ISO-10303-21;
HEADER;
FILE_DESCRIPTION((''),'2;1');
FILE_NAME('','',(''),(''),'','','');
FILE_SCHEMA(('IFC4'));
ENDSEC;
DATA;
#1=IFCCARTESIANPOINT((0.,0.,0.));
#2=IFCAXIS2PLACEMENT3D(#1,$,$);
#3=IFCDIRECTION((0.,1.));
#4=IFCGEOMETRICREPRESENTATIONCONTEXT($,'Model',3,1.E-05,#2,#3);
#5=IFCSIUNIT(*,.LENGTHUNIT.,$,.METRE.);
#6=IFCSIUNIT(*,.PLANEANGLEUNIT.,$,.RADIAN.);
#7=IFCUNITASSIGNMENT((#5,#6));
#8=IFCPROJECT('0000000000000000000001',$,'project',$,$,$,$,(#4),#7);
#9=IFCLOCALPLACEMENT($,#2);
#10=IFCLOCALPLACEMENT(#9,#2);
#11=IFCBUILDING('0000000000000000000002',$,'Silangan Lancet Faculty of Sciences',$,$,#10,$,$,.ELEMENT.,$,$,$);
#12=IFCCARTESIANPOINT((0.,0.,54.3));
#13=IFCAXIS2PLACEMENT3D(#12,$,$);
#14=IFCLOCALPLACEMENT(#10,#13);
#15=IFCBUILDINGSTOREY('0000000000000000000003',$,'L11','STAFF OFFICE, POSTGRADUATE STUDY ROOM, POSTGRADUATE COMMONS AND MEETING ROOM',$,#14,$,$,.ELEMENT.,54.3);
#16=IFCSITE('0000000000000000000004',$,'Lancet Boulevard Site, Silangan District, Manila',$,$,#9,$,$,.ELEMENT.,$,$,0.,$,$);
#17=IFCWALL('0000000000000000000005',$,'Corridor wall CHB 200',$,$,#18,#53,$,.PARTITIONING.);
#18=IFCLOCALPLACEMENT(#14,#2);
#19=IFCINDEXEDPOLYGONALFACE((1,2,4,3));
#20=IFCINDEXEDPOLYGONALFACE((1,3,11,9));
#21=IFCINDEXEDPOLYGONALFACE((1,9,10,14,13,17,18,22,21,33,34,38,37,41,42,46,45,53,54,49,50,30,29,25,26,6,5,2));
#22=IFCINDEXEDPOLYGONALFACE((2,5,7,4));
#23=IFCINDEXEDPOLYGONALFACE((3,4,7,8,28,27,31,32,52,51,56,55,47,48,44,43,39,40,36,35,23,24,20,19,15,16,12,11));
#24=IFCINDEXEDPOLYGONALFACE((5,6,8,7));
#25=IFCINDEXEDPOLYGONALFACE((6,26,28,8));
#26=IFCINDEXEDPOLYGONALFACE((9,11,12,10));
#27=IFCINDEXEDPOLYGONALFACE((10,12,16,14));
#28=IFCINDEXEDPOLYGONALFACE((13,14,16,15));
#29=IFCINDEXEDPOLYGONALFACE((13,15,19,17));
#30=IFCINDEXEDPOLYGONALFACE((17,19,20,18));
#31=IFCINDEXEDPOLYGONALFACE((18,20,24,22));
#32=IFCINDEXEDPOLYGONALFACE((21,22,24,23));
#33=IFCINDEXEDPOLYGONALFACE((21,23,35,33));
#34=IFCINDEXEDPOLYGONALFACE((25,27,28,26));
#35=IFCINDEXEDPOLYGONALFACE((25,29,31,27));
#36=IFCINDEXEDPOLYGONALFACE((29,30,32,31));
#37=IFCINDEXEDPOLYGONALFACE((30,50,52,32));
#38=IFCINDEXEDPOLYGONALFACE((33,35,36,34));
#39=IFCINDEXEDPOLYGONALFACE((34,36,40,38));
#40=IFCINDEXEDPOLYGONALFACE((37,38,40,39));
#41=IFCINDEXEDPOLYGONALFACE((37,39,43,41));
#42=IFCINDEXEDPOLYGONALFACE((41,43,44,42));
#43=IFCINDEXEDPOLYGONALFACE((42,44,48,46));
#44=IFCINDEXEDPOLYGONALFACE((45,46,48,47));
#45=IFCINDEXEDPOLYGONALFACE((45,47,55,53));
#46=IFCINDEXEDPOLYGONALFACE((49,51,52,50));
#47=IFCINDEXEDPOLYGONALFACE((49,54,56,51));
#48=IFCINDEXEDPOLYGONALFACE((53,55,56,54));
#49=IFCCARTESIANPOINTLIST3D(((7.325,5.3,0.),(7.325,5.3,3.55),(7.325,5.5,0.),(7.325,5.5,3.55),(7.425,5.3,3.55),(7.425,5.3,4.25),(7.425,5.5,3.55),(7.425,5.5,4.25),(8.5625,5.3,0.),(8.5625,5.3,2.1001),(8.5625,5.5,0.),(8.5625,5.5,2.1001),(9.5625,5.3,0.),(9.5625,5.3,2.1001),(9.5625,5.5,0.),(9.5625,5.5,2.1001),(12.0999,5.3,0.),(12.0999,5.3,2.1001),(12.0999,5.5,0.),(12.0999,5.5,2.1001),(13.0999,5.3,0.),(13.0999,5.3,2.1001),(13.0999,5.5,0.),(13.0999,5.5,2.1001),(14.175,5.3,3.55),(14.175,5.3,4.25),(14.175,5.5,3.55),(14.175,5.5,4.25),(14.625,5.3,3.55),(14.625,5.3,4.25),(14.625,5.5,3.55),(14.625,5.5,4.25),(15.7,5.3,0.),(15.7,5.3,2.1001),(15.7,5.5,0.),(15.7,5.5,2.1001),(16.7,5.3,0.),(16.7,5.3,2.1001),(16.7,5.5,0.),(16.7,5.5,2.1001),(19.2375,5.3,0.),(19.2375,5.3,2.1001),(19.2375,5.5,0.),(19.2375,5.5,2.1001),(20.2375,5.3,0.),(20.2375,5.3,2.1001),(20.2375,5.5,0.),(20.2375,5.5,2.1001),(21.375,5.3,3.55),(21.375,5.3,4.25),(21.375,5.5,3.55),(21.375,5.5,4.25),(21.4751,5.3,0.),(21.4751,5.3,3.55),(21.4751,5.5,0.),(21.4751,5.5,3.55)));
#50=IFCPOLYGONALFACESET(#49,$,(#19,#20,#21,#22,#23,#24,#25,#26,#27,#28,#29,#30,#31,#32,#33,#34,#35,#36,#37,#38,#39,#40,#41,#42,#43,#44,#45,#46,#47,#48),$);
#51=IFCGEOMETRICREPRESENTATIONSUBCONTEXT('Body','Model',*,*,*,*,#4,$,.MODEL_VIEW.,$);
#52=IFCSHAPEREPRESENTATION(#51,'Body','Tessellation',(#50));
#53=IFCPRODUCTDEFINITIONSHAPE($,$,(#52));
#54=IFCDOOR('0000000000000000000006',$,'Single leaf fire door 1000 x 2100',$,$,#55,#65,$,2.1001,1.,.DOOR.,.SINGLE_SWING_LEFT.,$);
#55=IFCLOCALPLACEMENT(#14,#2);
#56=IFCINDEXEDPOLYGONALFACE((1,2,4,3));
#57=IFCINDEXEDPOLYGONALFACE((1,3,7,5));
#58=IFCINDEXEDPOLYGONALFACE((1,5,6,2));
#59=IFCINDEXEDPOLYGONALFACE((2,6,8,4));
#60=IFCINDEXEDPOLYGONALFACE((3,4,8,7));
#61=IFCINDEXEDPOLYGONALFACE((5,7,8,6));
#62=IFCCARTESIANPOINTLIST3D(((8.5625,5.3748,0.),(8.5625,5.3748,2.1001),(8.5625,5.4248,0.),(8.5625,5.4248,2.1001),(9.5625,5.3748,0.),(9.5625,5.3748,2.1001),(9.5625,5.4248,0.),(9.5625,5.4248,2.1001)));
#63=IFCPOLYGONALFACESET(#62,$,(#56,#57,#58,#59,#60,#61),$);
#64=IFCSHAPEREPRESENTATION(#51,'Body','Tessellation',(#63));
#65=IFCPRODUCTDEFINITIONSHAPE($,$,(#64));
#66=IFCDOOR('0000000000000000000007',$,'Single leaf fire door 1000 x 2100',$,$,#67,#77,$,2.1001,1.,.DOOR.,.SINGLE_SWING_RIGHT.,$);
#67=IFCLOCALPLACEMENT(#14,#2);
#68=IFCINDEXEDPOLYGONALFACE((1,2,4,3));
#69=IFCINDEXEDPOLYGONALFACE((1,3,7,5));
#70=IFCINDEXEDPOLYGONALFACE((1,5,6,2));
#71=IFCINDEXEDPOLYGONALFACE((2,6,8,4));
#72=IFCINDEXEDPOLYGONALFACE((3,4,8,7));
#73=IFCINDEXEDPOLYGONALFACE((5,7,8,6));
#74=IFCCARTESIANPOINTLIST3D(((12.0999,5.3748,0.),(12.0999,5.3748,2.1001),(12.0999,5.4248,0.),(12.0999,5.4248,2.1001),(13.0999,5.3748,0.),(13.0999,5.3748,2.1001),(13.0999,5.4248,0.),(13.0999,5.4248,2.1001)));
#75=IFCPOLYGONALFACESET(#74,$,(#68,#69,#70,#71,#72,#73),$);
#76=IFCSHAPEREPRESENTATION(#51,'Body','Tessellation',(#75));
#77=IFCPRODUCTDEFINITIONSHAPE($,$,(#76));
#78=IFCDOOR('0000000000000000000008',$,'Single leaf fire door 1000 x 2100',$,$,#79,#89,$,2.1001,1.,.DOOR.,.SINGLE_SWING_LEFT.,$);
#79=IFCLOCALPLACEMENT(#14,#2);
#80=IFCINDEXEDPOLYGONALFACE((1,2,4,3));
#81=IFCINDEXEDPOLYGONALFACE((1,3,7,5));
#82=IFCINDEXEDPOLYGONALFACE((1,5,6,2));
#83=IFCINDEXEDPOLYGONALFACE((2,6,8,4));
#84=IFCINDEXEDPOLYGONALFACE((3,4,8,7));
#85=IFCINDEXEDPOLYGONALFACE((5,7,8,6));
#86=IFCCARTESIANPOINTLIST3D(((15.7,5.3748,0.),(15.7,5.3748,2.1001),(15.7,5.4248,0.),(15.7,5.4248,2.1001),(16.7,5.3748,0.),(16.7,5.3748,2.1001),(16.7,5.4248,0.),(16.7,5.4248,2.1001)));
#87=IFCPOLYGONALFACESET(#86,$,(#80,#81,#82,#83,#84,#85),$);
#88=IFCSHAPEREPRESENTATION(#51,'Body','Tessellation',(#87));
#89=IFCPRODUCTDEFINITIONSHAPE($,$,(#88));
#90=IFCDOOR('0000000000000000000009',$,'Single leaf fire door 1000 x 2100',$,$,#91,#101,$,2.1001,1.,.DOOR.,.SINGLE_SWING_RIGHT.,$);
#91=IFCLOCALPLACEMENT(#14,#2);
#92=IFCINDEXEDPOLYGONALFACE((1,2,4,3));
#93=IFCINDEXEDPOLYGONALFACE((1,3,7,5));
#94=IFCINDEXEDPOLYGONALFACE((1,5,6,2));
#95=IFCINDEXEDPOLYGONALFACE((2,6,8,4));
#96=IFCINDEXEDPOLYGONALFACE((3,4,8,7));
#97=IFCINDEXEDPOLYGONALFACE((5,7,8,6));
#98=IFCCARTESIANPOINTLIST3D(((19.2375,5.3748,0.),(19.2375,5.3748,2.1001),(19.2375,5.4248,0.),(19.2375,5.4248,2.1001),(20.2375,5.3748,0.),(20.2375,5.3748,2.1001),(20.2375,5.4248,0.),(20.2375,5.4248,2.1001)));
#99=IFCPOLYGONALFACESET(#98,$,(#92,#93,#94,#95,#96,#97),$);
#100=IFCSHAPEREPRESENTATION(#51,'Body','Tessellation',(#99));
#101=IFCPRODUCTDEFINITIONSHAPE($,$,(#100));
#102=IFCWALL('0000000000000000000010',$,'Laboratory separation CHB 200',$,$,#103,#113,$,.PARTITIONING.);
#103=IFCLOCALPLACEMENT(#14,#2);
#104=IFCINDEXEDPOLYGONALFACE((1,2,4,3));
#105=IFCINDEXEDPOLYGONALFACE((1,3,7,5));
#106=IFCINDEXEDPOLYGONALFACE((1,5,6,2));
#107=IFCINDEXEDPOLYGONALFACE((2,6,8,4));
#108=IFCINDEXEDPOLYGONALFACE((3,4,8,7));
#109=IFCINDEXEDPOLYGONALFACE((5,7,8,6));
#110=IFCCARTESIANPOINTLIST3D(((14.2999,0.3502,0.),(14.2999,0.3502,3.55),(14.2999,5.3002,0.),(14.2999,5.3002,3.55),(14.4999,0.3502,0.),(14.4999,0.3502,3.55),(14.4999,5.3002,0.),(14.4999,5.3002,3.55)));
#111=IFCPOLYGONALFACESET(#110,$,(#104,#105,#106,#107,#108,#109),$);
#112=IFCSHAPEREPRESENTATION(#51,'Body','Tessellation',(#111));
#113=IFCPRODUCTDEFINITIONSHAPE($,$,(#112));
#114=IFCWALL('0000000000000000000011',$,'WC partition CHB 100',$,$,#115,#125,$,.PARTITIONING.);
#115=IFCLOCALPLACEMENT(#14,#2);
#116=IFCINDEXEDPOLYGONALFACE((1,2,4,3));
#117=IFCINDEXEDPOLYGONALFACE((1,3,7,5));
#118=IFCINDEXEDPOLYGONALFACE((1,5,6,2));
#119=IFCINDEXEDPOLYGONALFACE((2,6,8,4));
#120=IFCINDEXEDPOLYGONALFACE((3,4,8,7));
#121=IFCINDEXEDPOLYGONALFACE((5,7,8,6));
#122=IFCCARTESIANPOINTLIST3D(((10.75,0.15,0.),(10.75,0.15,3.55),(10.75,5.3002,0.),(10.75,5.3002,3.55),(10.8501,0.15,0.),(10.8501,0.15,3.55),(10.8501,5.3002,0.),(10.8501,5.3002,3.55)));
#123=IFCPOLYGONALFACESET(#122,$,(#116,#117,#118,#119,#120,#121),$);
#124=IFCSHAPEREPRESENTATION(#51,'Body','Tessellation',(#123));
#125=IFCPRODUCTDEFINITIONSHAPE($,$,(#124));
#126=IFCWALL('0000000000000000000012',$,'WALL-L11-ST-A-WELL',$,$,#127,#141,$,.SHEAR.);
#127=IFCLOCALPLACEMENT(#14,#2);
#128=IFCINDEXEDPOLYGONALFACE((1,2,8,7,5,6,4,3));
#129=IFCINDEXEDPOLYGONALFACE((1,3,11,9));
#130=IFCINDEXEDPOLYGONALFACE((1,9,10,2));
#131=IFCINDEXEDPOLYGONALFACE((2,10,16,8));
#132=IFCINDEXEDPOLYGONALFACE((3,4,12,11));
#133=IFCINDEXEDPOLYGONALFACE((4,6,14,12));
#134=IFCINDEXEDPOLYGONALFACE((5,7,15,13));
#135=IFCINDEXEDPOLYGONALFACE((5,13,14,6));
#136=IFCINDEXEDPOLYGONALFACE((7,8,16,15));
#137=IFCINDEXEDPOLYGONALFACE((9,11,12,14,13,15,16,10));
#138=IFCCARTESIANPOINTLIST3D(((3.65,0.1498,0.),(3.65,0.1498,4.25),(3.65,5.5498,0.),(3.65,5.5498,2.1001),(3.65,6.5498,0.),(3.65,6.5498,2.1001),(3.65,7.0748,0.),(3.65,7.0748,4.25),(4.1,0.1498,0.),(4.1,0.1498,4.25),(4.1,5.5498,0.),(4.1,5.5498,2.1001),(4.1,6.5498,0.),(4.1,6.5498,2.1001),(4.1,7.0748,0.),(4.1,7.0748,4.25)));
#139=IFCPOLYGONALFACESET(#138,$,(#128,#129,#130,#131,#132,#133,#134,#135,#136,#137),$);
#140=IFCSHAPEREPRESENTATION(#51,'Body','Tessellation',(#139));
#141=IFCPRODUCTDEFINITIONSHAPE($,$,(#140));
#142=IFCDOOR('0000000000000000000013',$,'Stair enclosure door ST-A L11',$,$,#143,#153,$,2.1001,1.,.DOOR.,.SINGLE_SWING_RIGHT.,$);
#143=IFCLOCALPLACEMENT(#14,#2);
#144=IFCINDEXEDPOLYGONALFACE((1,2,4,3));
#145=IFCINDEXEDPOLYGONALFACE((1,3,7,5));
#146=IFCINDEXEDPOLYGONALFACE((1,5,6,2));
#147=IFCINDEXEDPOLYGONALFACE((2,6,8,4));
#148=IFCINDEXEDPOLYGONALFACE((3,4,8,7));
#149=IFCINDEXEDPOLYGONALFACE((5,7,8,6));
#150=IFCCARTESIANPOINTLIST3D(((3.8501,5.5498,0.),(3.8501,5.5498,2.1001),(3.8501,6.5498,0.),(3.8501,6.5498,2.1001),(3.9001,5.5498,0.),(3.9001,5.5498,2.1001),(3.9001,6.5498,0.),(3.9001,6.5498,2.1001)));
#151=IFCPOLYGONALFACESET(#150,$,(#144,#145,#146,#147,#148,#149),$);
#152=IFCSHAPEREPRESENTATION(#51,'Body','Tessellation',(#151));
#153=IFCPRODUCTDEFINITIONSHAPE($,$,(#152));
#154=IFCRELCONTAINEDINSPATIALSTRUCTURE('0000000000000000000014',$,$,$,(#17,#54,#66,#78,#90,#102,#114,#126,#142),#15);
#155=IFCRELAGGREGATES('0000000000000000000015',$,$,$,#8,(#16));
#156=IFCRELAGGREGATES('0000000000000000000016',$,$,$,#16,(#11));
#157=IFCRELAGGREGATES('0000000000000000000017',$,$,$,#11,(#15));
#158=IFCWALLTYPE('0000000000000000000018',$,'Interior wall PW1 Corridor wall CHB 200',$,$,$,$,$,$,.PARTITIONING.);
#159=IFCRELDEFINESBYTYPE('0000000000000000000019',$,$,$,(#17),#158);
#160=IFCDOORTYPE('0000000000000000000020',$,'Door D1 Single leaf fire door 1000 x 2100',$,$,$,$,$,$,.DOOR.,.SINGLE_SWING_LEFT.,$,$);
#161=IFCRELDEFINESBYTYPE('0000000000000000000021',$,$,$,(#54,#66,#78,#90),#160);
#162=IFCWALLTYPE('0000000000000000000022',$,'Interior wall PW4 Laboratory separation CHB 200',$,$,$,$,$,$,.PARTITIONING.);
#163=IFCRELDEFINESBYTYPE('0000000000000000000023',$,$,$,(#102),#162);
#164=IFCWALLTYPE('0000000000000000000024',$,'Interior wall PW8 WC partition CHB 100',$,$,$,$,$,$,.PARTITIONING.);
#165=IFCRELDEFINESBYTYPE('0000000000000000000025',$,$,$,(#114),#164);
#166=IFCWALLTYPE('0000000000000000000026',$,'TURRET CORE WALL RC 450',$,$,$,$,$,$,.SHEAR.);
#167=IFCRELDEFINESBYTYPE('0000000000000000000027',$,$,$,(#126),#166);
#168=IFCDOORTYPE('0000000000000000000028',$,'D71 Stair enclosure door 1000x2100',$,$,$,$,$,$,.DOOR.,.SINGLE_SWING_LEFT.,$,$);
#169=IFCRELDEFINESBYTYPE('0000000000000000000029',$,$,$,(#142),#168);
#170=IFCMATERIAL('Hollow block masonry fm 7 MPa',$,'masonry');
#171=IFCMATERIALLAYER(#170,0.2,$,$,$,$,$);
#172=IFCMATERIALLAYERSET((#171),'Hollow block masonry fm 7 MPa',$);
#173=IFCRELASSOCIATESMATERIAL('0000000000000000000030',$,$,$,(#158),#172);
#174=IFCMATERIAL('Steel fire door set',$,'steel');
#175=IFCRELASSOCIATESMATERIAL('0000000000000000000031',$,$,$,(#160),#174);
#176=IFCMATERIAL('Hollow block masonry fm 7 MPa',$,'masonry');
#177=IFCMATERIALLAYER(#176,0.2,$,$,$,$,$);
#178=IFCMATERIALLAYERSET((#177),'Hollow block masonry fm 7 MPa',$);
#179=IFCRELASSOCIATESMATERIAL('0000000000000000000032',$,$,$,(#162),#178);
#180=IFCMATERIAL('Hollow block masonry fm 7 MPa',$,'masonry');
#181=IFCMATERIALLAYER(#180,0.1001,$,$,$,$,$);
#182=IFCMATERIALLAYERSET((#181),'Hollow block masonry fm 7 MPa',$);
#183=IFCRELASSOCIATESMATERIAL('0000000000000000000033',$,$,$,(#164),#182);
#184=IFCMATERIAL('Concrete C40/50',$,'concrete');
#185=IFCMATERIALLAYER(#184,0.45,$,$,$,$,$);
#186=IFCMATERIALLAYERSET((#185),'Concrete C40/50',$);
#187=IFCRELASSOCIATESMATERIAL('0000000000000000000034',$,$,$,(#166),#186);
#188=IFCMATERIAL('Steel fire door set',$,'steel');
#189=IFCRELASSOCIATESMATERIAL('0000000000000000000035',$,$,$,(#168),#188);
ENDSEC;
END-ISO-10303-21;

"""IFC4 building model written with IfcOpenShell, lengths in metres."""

from ifc_helpers import new_model, si_unit, direction, frame, frame_2d, origin, place, context, subcontext, project, spatial, polyline, rectangle, outline, extrude, material, layer, layer_set, type_object, element, fill, save


model = new_model("IFC4")

# Units and contexts
model_context = context("Model", 3, precision=1e-05, world=origin(), true_north=direction((0.0, 1.0)))
body_context = subcontext(model_context, "Body", "Model", "MODEL_VIEW")
ifc_project = project(units=[si_unit("LENGTHUNIT", "METRE"), si_unit("PLANEANGLEUNIT", "RADIAN")], contexts=[model_context])

# Site, building, storey
site_placement = place(None, origin())
site = spatial("IfcSite", under=ifc_project, at=site_placement, Name="Lancet Boulevard Site, Silangan District, Manila", CompositionType="ELEMENT", RefElevation=0.0)
building_placement = place(site_placement, origin())
building = spatial("IfcBuilding", under=site, at=building_placement, Name="Silangan Lancet Faculty of Sciences", CompositionType="ELEMENT")
storey_placement = place(building_placement, frame((0.0, 0.0, 54.3)))
storey = spatial("IfcBuildingStorey", under=building, at=storey_placement, Name="L11", Description="STAFF OFFICE, POSTGRADUATE STUDY ROOM, POSTGRADUATE COMMONS AND MEETING ROOM", CompositionType="ELEMENT", Elevation=54.3)

# Wall, openings, doors
ifc_material_1 = material(Name="Hollow block masonry fm 7 MPa", Category="masonry")
ifc_layer_1 = layer(ifc_material_1, 0.2)
ifc_layer_set_1 = layer_set([ifc_layer_1], Name="Hollow block masonry fm 7 MPa")
wall_type_1 = type_object("IfcWallType", Name="Interior wall PW1 Corridor wall CHB 200", PredefinedType="PARTITIONING", material=ifc_layer_set_1)
wall_1_placement = place(storey_placement, frame((7.325, 5.3999, 0.0), z_axis=(0.0, 0.0, 1.0), x_axis=(1.0, 0.0, 0.0)))
wall_1 = element("IfcWall", 1, at=wall_1_placement, inside=storey, type_object=wall_type_1, Name="Corridor wall CHB 200", PredefinedType="PARTITIONING", context=body_context, shape_type="SweptSolid", body=[
    extrude(outline(polyline([(0.0, 0.0), (14.1501, 0.0), (14.1501, 3.55), (14.05, 3.55), (14.05, 4.25), (7.3, 4.25), (7.3, 3.55), (6.8501, 3.55), (6.8501, 4.25), (0.1001, 4.25), (0.1001, 3.55), (0.0, 3.55), (0.0, 0.0)])), frame((0.0, 0.1001, 0.0), z_axis=(0.0, -1.0, 0.0), x_axis=(1.0, 0.0, 0.0)), (0.0, 0.0, 1.0), 0.2),
])
opening_1_placement = place(wall_1_placement, frame((1.2375, 0.0, 0.0)))
opening_1 = element("IfcOpeningElement", 2, at=opening_1_placement, cuts=wall_1, PredefinedType="OPENING", context=body_context, shape_type="SweptSolid", body=[
    extrude(rectangle(XDim=1.0, YDim=2.1001, at=frame_2d((0.5, 1.05))), frame((0.0, 0.1099, 0.0), z_axis=(0.0, -1.0, 0.0), x_axis=(1.0, 0.0, 0.0)), (0.0, 0.0, 1.0), 0.22),
])
opening_2_placement = place(wall_1_placement, frame((4.7749, 0.0, 0.0)))
opening_2 = element("IfcOpeningElement", 3, at=opening_2_placement, cuts=wall_1, PredefinedType="OPENING", context=body_context, shape_type="SweptSolid", body=[
    extrude(rectangle(XDim=1.0, YDim=2.1001, at=frame_2d((0.5, 1.05))), frame((0.0, 0.1099, 0.0), z_axis=(0.0, -1.0, 0.0), x_axis=(1.0, 0.0, 0.0)), (0.0, 0.0, 1.0), 0.22),
])
opening_3_placement = place(wall_1_placement, frame((8.375, 0.0, 0.0)))
opening_3 = element("IfcOpeningElement", 4, at=opening_3_placement, cuts=wall_1, PredefinedType="OPENING", context=body_context, shape_type="SweptSolid", body=[
    extrude(rectangle(XDim=1.0, YDim=2.1001, at=frame_2d((0.5, 1.05))), frame((0.0, 0.1099, 0.0), z_axis=(0.0, -1.0, 0.0), x_axis=(1.0, 0.0, 0.0)), (0.0, 0.0, 1.0), 0.22),
])
opening_4_placement = place(wall_1_placement, frame((11.9126, 0.0, 0.0)))
opening_4 = element("IfcOpeningElement", 5, at=opening_4_placement, cuts=wall_1, PredefinedType="OPENING", context=body_context, shape_type="SweptSolid", body=[
    extrude(rectangle(XDim=1.0, YDim=2.1001, at=frame_2d((0.5, 1.05))), frame((0.0, 0.1099, 0.0), z_axis=(0.0, -1.0, 0.0), x_axis=(1.0, 0.0, 0.0)), (0.0, 0.0, 1.0), 0.22),
])
ifc_material_2 = material(Name="Steel fire door set", Category="steel")
door_type_1 = type_object("IfcDoorType", Name="Door D1 Single leaf fire door 1000 x 2100", OperationType="SINGLE_SWING_LEFT", PredefinedType="DOOR", material=ifc_material_2)
door_1_placement = place(opening_1_placement, frame((1.0, 0.0, 0.0), z_axis=(0.0, 0.0, 1.0), x_axis=(-1.0, 0.0, 0.0)))
door_1 = element("IfcDoor", 6, at=door_1_placement, inside=storey, type_object=door_type_1, Name="Single leaf fire door 1000 x 2100", OperationType="SINGLE_SWING_LEFT", OverallHeight=2.1001, OverallWidth=1.0, PredefinedType="DOOR", context=body_context, shape_type="SweptSolid", body=[
    extrude(rectangle(XDim=1.0, YDim=2.1001, at=frame_2d((0.5, 1.05))), frame((0.0, 0.0251, 0.0), z_axis=(0.0, -1.0, 0.0), x_axis=(1.0, 0.0, 0.0)), (0.0, 0.0, 1.0), 0.05),
])
fill(opening_1, door_1)
door_2_placement = place(opening_2_placement, frame((1.0, 0.0, 0.0), z_axis=(0.0, 0.0, 1.0), x_axis=(-1.0, 0.0, 0.0)))
door_2 = element("IfcDoor", 7, at=door_2_placement, inside=storey, type_object=door_type_1, Name="Single leaf fire door 1000 x 2100", OperationType="SINGLE_SWING_RIGHT", OverallHeight=2.1001, OverallWidth=1.0, PredefinedType="DOOR", context=body_context, shape_type="SweptSolid", body=[
    extrude(rectangle(XDim=1.0, YDim=2.1001, at=frame_2d((0.5, 1.05))), frame((0.0, 0.0251, 0.0), z_axis=(0.0, -1.0, 0.0), x_axis=(1.0, 0.0, 0.0)), (0.0, 0.0, 1.0), 0.05),
])
fill(opening_2, door_2)
door_3_placement = place(opening_3_placement, frame((1.0, 0.0, 0.0), z_axis=(0.0, 0.0, 1.0), x_axis=(-1.0, 0.0, 0.0)))
door_3 = element("IfcDoor", 8, at=door_3_placement, inside=storey, type_object=door_type_1, Name="Single leaf fire door 1000 x 2100", OperationType="SINGLE_SWING_LEFT", OverallHeight=2.1001, OverallWidth=1.0, PredefinedType="DOOR", context=body_context, shape_type="SweptSolid", body=[
    extrude(rectangle(XDim=1.0, YDim=2.1001, at=frame_2d((0.5, 1.05))), frame((0.0, 0.0251, 0.0), z_axis=(0.0, -1.0, 0.0), x_axis=(1.0, 0.0, 0.0)), (0.0, 0.0, 1.0), 0.05),
])
fill(opening_3, door_3)
door_4_placement = place(opening_4_placement, frame((1.0, 0.0, 0.0), z_axis=(0.0, 0.0, 1.0), x_axis=(-1.0, 0.0, 0.0)))
door_4 = element("IfcDoor", 9, at=door_4_placement, inside=storey, type_object=door_type_1, Name="Single leaf fire door 1000 x 2100", OperationType="SINGLE_SWING_RIGHT", OverallHeight=2.1001, OverallWidth=1.0, PredefinedType="DOOR", context=body_context, shape_type="SweptSolid", body=[
    extrude(rectangle(XDim=1.0, YDim=2.1001, at=frame_2d((0.5, 1.05))), frame((0.0, 0.0251, 0.0), z_axis=(0.0, -1.0, 0.0), x_axis=(1.0, 0.0, 0.0)), (0.0, 0.0, 1.0), 0.05),
])
fill(opening_4, door_4)

# Walls
ifc_material_3 = material(Name="Hollow block masonry fm 7 MPa", Category="masonry")
ifc_layer_2 = layer(ifc_material_3, 0.2)
ifc_layer_set_2 = layer_set([ifc_layer_2], Name="Hollow block masonry fm 7 MPa")
wall_type_2 = type_object("IfcWallType", Name="Interior wall PW4 Laboratory separation CHB 200", PredefinedType="PARTITIONING", material=ifc_layer_set_2)
wall_2_placement = place(storey_placement, frame((14.3999, 0.3501, 0.0), z_axis=(0.0, 0.0, 1.0), x_axis=(0.0, 1.0, 0.0)))
element("IfcWall", 10, at=wall_2_placement, inside=storey, type_object=wall_type_2, Name="Laboratory separation CHB 200", PredefinedType="PARTITIONING", context=body_context, shape_type="SweptSolid", body=[
    extrude(rectangle(XDim=4.95, YDim=0.2, at=frame_2d((2.4751, 0.0))), origin(), (0.0, 0.0, 1.0), 3.55),
])
ifc_material_4 = material(Name="Hollow block masonry fm 7 MPa", Category="masonry")
ifc_layer_3 = layer(ifc_material_4, 0.1001)
ifc_layer_set_3 = layer_set([ifc_layer_3], Name="Hollow block masonry fm 7 MPa")
wall_type_3 = type_object("IfcWallType", Name="Interior wall PW8 WC partition CHB 100", PredefinedType="PARTITIONING", material=ifc_layer_set_3)
wall_3_placement = place(storey_placement, frame((10.8, 0.1499, 0.0), z_axis=(0.0, 0.0, 1.0), x_axis=(0.0, 1.0, 0.0)))
element("IfcWall", 11, at=wall_3_placement, inside=storey, type_object=wall_type_3, Name="WC partition CHB 100", PredefinedType="PARTITIONING", context=body_context, shape_type="SweptSolid", body=[
    extrude(rectangle(XDim=5.1501, YDim=0.1001, at=frame_2d((2.5752, 0.0))), origin(), (0.0, 0.0, 1.0), 3.55),
])

# Wall, opening, door
ifc_material_5 = material(Name="Concrete C40/50", Category="concrete")
ifc_layer_4 = layer(ifc_material_5, 0.45)
ifc_layer_set_4 = layer_set([ifc_layer_4], Name="Concrete C40/50")
wall_type_4 = type_object("IfcWallType", Name="TURRET CORE WALL RC 450", PredefinedType="SHEAR", material=ifc_layer_set_4)
wall_4_placement = place(storey_placement, frame((3.875, 0.1499, 0.0), z_axis=(0.0, 0.0, 1.0), x_axis=(0.0, 1.0, 0.0)))
wall_4 = element("IfcWall", 12, at=wall_4_placement, inside=storey, type_object=wall_type_4, Name="WALL-L11-ST-A-WELL", PredefinedType="SHEAR", context=body_context, shape_type="SweptSolid", body=[
    extrude(rectangle(XDim=6.925, YDim=0.45, at=frame_2d((3.4624, 0.0))), origin(), (0.0, 0.0, 1.0), 4.25),
])
opening_5_placement = place(wall_4_placement, frame((5.3999, 0.0, 0.0)))
opening_5 = element("IfcOpeningElement", 13, at=opening_5_placement, cuts=wall_4, PredefinedType="OPENING", context=body_context, shape_type="SweptSolid", body=[
    extrude(rectangle(XDim=1.0, YDim=2.1001, at=frame_2d((0.5, 1.05))), frame((0.0, 0.2349, 0.0), z_axis=(0.0, -1.0, 0.0), x_axis=(1.0, 0.0, 0.0)), (0.0, 0.0, 1.0), 0.47),
])
ifc_material_6 = material(Name="Steel fire door set", Category="steel")
door_type_2 = type_object("IfcDoorType", Name="D71 Stair enclosure door 1000x2100", OperationType="SINGLE_SWING_LEFT", PredefinedType="DOOR", material=ifc_material_6)
door_5_placement = place(opening_5_placement, origin())
door_5 = element("IfcDoor", 14, at=door_5_placement, inside=storey, type_object=door_type_2, Name="Stair enclosure door ST-A L11", OperationType="SINGLE_SWING_RIGHT", OverallHeight=2.1001, OverallWidth=1.0, PredefinedType="DOOR", context=body_context, shape_type="SweptSolid", body=[
    extrude(rectangle(XDim=1.0, YDim=2.1001, at=frame_2d((0.5, 1.05))), frame((0.0, 0.0249, 0.0), z_axis=(0.0, -1.0, 0.0), x_axis=(1.0, 0.0, 0.0)), (0.0, 0.0, 1.0), 0.05),
])
fill(opening_5, door_5)

save(model, "model.ifc")
